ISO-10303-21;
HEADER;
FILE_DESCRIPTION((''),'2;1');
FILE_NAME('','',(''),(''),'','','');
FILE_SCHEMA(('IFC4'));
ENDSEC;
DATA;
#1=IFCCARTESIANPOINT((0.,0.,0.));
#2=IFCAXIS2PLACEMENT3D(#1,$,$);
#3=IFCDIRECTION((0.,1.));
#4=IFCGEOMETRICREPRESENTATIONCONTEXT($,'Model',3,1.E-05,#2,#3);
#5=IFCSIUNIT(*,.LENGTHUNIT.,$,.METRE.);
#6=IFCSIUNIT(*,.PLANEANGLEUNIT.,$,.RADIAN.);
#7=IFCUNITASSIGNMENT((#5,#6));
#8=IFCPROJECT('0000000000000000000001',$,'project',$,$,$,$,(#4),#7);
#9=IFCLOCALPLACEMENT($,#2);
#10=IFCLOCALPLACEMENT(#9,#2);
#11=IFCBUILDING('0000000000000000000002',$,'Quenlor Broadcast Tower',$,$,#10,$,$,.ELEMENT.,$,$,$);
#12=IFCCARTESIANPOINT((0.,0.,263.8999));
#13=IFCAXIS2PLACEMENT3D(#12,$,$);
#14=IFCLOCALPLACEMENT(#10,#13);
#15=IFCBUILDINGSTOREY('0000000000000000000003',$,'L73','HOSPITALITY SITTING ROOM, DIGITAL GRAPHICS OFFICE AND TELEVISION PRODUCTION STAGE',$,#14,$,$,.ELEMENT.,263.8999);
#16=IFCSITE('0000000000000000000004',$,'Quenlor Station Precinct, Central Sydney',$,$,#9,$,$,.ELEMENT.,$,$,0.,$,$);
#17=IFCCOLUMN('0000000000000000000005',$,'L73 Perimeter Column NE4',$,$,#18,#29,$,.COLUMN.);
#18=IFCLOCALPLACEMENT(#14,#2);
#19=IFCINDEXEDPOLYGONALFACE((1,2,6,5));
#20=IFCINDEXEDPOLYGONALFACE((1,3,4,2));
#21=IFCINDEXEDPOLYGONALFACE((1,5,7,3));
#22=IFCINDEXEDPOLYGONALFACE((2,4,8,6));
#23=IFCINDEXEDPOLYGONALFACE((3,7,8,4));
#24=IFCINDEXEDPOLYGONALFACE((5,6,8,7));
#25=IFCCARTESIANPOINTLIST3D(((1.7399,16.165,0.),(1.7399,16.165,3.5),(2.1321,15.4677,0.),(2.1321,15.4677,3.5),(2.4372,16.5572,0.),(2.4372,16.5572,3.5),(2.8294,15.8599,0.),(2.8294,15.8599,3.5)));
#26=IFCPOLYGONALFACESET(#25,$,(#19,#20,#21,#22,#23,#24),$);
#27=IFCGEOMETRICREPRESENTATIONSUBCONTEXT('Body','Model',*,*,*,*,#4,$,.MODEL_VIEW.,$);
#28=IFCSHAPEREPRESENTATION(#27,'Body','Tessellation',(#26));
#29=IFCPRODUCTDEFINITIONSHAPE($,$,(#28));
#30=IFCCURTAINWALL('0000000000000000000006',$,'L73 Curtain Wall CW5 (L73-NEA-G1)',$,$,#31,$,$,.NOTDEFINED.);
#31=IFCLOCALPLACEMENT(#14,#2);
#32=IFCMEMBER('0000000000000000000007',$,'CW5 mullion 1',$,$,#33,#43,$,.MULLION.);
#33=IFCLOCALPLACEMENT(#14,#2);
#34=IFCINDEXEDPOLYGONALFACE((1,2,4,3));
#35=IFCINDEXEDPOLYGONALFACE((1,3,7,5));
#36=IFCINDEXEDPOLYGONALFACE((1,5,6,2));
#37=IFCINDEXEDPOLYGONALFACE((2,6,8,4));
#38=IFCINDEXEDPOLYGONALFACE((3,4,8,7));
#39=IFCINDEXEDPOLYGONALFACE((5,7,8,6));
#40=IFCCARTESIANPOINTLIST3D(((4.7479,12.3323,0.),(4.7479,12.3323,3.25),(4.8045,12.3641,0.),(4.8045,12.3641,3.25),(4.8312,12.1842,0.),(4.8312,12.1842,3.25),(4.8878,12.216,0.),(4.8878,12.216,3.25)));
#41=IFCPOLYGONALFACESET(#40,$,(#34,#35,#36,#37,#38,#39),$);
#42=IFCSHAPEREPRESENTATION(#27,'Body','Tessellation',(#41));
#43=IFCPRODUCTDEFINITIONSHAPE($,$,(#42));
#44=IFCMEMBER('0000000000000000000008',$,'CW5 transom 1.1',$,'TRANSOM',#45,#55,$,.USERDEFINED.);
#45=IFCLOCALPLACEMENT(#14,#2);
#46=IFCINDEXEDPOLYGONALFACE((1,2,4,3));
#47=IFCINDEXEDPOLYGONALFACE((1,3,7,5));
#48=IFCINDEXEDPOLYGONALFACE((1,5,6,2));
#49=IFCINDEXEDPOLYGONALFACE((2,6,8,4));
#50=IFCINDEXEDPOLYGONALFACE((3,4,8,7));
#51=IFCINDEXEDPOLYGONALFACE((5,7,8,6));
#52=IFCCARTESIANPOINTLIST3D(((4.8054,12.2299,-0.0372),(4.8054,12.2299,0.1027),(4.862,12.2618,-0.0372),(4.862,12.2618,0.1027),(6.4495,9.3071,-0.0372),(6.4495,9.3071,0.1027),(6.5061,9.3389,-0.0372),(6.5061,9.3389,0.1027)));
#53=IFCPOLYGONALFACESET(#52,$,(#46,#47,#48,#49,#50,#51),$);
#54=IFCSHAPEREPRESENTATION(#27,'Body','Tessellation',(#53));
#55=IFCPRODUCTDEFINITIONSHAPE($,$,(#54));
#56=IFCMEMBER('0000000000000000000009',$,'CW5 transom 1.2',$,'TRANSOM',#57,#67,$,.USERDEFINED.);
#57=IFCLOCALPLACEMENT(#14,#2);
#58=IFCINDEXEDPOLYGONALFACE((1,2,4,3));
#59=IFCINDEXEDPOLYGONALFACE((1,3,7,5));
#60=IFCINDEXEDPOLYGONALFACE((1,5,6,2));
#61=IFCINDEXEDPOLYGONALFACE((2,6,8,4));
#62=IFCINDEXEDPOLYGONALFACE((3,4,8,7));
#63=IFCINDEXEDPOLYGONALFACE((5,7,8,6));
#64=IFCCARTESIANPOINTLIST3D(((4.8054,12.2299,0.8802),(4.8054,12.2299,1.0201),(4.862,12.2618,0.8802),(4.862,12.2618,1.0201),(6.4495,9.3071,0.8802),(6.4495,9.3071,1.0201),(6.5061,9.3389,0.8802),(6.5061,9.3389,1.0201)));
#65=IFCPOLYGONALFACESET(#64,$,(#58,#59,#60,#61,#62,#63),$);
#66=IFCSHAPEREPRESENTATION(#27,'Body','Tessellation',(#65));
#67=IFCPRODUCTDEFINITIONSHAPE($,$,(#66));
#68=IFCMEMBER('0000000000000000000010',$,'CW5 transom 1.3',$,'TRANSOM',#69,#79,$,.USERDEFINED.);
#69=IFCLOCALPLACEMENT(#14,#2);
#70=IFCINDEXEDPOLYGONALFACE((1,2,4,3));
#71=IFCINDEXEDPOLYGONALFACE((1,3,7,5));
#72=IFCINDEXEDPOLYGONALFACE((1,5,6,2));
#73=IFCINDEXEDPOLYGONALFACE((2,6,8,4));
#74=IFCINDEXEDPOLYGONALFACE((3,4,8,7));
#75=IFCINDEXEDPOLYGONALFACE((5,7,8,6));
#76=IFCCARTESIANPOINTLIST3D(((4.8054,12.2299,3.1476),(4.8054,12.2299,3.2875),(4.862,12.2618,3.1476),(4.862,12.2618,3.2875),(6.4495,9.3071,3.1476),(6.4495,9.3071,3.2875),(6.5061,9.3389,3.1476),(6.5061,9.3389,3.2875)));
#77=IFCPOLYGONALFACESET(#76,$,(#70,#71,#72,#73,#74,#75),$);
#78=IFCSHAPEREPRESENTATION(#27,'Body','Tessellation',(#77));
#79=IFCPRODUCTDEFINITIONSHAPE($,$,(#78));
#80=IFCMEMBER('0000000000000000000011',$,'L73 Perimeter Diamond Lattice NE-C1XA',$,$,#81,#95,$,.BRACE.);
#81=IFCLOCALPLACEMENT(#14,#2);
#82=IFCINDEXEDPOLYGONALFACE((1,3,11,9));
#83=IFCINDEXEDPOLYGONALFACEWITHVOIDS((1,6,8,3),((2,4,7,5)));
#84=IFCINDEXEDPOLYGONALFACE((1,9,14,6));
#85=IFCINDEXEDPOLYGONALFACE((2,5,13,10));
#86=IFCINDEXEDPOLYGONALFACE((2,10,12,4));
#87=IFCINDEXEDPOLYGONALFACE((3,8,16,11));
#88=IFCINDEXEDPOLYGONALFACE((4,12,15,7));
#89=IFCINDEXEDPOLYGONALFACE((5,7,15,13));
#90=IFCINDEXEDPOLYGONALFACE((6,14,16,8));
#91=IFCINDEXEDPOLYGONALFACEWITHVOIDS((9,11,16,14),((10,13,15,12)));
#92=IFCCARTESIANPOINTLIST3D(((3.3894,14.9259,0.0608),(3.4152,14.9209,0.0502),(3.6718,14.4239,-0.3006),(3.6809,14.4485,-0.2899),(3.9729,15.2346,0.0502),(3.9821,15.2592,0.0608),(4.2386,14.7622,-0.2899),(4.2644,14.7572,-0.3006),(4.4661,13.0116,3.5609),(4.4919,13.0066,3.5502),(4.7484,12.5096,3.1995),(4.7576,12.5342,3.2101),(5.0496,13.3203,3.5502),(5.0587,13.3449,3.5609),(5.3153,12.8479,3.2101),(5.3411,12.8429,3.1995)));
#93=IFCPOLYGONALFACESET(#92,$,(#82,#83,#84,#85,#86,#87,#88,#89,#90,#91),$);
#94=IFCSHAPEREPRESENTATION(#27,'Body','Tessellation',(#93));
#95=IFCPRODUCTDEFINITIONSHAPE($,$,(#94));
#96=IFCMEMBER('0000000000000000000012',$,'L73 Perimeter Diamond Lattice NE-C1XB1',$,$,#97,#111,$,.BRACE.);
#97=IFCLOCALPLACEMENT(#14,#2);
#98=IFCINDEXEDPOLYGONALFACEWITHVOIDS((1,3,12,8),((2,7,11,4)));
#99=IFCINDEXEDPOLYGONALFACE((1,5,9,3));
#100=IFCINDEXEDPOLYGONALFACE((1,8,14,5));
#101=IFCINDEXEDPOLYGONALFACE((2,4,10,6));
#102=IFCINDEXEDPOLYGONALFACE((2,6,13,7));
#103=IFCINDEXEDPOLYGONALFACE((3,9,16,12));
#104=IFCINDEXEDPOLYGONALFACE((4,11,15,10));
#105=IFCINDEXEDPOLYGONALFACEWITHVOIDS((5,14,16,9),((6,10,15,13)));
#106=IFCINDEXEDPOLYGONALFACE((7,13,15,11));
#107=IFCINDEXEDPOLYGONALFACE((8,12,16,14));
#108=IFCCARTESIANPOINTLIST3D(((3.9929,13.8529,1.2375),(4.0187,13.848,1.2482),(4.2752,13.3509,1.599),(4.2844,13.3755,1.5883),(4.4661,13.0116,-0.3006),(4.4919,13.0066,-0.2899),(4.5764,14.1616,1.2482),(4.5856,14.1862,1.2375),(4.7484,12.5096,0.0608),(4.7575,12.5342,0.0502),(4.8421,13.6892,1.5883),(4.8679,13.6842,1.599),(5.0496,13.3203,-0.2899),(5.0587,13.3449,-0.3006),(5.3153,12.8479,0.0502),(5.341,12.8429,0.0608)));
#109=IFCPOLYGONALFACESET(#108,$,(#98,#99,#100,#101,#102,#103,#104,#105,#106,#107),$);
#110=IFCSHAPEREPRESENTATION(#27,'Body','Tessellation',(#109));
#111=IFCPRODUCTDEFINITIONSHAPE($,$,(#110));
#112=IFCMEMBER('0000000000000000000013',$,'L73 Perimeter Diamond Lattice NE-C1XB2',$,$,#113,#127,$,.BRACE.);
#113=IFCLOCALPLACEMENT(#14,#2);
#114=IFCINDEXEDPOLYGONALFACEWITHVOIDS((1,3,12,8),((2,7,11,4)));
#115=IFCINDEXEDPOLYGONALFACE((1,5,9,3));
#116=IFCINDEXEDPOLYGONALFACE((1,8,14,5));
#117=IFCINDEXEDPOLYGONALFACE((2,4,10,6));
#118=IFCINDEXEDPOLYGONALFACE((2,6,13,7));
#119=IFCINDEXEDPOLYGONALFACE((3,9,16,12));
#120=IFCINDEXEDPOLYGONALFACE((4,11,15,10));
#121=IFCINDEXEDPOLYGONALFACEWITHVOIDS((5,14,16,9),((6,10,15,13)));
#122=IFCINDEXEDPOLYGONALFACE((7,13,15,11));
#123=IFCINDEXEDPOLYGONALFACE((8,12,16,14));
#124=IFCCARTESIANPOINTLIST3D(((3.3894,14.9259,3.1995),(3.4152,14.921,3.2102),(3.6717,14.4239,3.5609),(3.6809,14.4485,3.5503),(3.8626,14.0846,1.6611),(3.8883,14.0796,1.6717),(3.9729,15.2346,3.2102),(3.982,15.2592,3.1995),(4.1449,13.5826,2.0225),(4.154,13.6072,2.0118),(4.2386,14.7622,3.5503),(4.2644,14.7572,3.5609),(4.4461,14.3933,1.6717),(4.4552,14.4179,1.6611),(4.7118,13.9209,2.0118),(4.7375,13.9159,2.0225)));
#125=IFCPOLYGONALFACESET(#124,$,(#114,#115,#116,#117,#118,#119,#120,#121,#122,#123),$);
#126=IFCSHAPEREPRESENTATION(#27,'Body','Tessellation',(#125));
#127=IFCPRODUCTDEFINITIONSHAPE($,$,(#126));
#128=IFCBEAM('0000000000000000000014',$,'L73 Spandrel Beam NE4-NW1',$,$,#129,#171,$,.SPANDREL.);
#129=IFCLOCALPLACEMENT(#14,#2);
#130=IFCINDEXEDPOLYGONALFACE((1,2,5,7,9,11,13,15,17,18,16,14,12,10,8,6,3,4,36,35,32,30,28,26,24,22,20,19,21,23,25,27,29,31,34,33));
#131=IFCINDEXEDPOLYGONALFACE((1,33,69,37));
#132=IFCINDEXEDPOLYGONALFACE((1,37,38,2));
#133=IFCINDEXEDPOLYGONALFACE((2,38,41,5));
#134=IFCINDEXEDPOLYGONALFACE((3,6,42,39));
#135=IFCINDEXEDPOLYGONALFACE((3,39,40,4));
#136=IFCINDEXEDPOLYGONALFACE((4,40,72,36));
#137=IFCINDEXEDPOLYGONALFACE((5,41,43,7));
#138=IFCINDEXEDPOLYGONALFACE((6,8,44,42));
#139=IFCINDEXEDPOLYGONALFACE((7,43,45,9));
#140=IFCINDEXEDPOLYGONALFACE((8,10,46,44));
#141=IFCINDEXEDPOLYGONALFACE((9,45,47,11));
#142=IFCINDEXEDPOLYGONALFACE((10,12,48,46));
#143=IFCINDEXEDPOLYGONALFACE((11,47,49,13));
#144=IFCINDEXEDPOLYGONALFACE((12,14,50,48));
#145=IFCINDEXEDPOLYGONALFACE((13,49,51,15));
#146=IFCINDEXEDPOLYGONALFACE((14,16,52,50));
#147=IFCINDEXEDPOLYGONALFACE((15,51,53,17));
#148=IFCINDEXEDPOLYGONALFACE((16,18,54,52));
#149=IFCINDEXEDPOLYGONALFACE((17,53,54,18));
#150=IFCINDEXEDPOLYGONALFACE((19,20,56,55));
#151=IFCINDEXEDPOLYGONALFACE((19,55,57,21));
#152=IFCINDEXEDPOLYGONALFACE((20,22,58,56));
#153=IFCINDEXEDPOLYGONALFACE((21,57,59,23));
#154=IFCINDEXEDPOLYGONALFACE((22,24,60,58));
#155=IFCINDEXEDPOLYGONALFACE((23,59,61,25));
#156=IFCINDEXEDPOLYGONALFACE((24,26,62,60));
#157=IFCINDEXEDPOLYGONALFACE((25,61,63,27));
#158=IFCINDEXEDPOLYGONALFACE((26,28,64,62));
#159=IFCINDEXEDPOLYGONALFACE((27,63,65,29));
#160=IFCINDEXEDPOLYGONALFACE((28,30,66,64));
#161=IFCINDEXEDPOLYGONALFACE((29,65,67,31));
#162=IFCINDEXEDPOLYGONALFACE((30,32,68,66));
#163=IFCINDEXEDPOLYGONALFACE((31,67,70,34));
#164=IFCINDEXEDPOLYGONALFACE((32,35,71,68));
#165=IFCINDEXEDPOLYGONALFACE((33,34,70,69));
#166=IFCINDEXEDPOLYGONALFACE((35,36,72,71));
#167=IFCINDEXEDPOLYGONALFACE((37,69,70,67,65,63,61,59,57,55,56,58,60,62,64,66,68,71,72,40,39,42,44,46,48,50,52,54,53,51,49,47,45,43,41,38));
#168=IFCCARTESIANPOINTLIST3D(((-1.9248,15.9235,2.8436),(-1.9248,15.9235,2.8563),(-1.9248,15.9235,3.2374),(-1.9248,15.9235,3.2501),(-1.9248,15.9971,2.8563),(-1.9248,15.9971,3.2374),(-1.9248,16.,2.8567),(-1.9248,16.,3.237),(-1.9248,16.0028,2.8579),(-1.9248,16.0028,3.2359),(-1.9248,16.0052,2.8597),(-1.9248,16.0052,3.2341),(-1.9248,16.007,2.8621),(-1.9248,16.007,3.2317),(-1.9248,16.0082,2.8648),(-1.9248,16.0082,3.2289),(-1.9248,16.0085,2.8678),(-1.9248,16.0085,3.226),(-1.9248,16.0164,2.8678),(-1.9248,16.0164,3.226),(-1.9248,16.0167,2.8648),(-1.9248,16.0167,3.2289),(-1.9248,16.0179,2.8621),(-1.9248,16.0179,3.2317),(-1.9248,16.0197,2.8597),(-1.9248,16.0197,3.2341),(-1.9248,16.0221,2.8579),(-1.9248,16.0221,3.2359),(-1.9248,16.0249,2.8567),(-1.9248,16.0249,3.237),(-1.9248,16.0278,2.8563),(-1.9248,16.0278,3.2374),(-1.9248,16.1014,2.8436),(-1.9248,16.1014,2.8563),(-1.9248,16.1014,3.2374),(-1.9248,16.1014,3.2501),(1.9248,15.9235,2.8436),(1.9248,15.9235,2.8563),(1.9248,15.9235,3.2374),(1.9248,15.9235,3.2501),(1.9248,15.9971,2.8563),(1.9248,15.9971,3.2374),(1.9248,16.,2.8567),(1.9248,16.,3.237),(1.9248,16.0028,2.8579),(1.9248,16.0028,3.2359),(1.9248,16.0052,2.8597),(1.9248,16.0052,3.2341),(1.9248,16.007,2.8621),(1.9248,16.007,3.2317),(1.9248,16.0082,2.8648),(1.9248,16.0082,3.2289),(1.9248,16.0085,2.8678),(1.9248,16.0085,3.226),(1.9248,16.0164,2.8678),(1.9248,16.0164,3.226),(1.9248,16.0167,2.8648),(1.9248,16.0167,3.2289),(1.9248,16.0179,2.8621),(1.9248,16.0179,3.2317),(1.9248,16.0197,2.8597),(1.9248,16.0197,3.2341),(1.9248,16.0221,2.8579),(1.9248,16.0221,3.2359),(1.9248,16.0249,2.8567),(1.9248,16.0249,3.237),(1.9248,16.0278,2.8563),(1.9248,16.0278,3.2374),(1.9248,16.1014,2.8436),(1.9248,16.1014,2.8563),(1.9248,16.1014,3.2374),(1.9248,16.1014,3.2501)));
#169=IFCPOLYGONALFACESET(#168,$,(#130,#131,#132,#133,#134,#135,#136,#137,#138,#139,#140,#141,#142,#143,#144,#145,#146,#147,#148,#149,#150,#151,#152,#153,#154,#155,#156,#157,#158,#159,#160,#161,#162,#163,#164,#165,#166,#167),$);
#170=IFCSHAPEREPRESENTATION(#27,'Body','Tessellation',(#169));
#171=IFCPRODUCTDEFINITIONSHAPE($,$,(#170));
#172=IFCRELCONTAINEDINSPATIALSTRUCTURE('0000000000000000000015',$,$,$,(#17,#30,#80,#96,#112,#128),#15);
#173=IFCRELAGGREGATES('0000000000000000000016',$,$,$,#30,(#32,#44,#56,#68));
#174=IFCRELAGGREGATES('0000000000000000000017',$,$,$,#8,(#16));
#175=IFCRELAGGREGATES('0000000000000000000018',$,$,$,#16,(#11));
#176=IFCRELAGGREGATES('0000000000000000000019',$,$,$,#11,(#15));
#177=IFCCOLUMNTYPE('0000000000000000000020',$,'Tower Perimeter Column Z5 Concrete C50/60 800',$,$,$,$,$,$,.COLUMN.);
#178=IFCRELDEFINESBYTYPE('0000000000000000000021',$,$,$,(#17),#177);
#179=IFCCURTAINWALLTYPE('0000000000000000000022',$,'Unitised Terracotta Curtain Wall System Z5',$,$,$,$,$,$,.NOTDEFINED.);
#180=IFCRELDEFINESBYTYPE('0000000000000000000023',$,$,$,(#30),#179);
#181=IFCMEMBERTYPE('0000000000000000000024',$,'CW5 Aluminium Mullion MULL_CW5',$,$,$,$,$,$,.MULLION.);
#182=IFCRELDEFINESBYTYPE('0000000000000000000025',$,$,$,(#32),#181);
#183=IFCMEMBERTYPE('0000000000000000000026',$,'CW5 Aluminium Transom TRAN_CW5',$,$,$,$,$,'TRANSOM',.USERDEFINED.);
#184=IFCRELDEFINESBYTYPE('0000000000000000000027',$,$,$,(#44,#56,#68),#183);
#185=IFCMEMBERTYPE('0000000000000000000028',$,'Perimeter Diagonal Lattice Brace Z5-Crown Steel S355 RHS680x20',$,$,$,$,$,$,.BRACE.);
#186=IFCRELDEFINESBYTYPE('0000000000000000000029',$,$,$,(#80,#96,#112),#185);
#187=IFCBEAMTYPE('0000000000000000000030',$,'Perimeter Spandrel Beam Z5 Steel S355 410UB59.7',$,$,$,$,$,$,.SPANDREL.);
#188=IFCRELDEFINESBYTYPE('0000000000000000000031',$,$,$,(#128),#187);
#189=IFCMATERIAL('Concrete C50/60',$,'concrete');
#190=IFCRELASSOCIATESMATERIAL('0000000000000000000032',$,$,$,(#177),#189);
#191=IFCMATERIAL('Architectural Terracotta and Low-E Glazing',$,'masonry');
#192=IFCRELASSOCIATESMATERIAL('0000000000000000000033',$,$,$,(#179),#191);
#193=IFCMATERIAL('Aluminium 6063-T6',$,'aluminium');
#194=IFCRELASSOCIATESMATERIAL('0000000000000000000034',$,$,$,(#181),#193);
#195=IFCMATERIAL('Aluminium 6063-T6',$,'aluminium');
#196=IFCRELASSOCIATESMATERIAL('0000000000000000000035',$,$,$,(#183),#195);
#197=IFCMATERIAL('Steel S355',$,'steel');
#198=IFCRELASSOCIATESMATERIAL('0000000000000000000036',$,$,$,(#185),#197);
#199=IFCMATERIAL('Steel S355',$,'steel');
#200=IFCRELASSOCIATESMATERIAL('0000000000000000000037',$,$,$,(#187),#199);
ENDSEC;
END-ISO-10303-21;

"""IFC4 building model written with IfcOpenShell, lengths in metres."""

from ifc_helpers import new_model, si_unit, direction, frame, origin, origin_2d, place, context, subcontext, project, spatial, rectangle, hollow_rectangle, i_section, extrude, material, material_profile, profile_set, type_object, element, aggregate, save


model = new_model("IFC4")

# Units and contexts
model_context = context("Model", 3, precision=1e-05, world=origin(), true_north=direction((0.0, 1.0)))
body_context = subcontext(model_context, "Body", "Model", "MODEL_VIEW")
ifc_project = project(units=[si_unit("LENGTHUNIT", "METRE"), si_unit("PLANEANGLEUNIT", "RADIAN")], contexts=[model_context])

# Site, building, storey
site_placement = place(None, origin())
site = spatial("IfcSite", under=ifc_project, at=site_placement, Name="Quenlor Station Precinct, Central Sydney", CompositionType="ELEMENT", RefElevation=0.0)
building_placement = place(site_placement, origin())
building = spatial("IfcBuilding", under=site, at=building_placement, Name="Quenlor Broadcast Tower", CompositionType="ELEMENT")
storey_placement = place(building_placement, frame((0.0, 0.0, 263.8999)))
storey = spatial("IfcBuildingStorey", under=building, at=storey_placement, Name="L73", Description="HOSPITALITY SITTING ROOM, DIGITAL GRAPHICS OFFICE AND TELEVISION PRODUCTION STAGE", CompositionType="ELEMENT", Elevation=263.8999)

# Column
ifc_material_1 = material(Name="Concrete C50/60", Category="concrete")
ifc_material_profile_1 = material_profile(ifc_material_1, rectangle(XDim=0.8, YDim=0.8, at=origin_2d()))
ifc_profile_set_1 = profile_set([ifc_material_profile_1], Name="Concrete C50/60 RC800x800")
column_type = type_object("IfcColumnType", Name="Tower Perimeter Column Z5 Concrete C50/60 800", PredefinedType="COLUMN", material=ifc_profile_set_1)
column_placement = place(storey_placement, frame((2.2847, 16.0125, 0.0), z_axis=(0.0, 0.0, 1.0), x_axis=(0.871575, 0.490262, 0.0)))
element("IfcColumn", 1, at=column_placement, inside=storey, type_object=column_type, Name="L73 Perimeter Column NE4", PredefinedType="COLUMN", context=body_context, shape_type="SweptSolid", body=[
    extrude(rectangle(XDim=0.8, YDim=0.8, at=origin_2d()), origin(), (0.0, 0.0, 1.0), 3.5),
])

# Curtain wall, members
ifc_material_2 = material(Name="Architectural Terracotta and Low-E Glazing", Category="masonry")
curtain_wall_type = type_object("IfcCurtainWallType", Name="Unitised Terracotta Curtain Wall System Z5", PredefinedType="NOTDEFINED", material=ifc_material_2)
curtain_wall_placement = place(storey_placement, origin())
curtain_wall = element("IfcCurtainWall", 2, at=curtain_wall_placement, inside=storey, type_object=curtain_wall_type, Name="L73 Curtain Wall CW5 (L73-NEA-G1)", PredefinedType="NOTDEFINED")
ifc_material_3 = material(Name="Aluminium 6063-T6", Category="aluminium")
ifc_material_profile_2 = material_profile(ifc_material_3, rectangle(XDim=0.0649, YDim=0.1699, at=origin_2d()))
ifc_profile_set_2 = profile_set([ifc_material_profile_2], Name="Aluminium 6063-T6 MULL65x170")
member_type_1 = type_object("IfcMemberType", Name="CW5 Aluminium Mullion MULL_CW5", PredefinedType="MULLION", material=ifc_profile_set_2)
member_1_placement = place(storey_placement, frame((4.8179, 12.2742, 0.0), z_axis=(0.0, 0.0, 1.0), x_axis=(0.871582, 0.49025, 0.0)))
member_1 = element("IfcMember", 3, at=member_1_placement, type_object=member_type_1, Name="CW5 mullion 1", PredefinedType="MULLION", context=body_context, shape_type="SweptSolid", body=[
    extrude(rectangle(XDim=0.0649, YDim=0.1699, at=origin_2d()), origin(), (0.0, 0.0, 1.0), 3.25),
])
ifc_material_4 = material(Name="Aluminium 6063-T6", Category="aluminium")
ifc_material_profile_3 = material_profile(ifc_material_4, rectangle(XDim=0.0649, YDim=0.1399, at=origin_2d()))
ifc_profile_set_3 = profile_set([ifc_material_profile_3], Name="Aluminium 6063-T6 TRAN65x140")
member_type_2 = type_object("IfcMemberType", Name="CW5 Aluminium Transom TRAN_CW5", ElementType="TRANSOM", PredefinedType="USERDEFINED", material=ifc_profile_set_3)
member_2_placement = place(storey_placement, frame((4.8337, 12.2458, 0.0327), z_axis=(0.490247, -0.871583, 0.0), x_axis=(0.871583, 0.490247, 0.0)))
member_2 = element("IfcMember", 4, at=member_2_placement, type_object=member_type_2, Name="CW5 transom 1.1", ObjectType="TRANSOM", PredefinedType="USERDEFINED", context=body_context, shape_type="SweptSolid", body=[
    extrude(rectangle(XDim=0.0649, YDim=0.1399, at=origin_2d()), origin(), (0.0, 0.0, 1.0), 3.3535),
])
member_3_placement = place(storey_placement, frame((4.8337, 12.2458, 0.9502), z_axis=(0.490247, -0.871583, 0.0), x_axis=(0.871583, 0.490247, 0.0)))
member_3 = element("IfcMember", 5, at=member_3_placement, type_object=member_type_2, Name="CW5 transom 1.2", ObjectType="TRANSOM", PredefinedType="USERDEFINED", context=body_context, shape_type="SweptSolid", body=[
    extrude(rectangle(XDim=0.0649, YDim=0.1399, at=origin_2d()), origin(), (0.0, 0.0, 1.0), 3.3535),
])
member_4_placement = place(storey_placement, frame((4.8337, 12.2458, 3.2175), z_axis=(0.490247, -0.871583, 0.0), x_axis=(0.871583, 0.490247, 0.0)))
member_4 = element("IfcMember", 6, at=member_4_placement, type_object=member_type_2, Name="CW5 transom 1.3", ObjectType="TRANSOM", PredefinedType="USERDEFINED", context=body_context, shape_type="SweptSolid", body=[
    extrude(rectangle(XDim=0.0649, YDim=0.1399, at=origin_2d()), origin(), (0.0, 0.0, 1.0), 3.3535),
])

# Members
ifc_material_5 = material(Name="Steel S355", Category="steel")
ifc_material_profile_4 = material_profile(ifc_material_5, hollow_rectangle(XDim=0.6799, YDim=0.6799, WallThickness=0.02, at=origin_2d()))
ifc_profile_set_4 = profile_set([ifc_material_profile_4], Name="Steel S355 RHS680x680x20")
member_type_3 = type_object("IfcMemberType", Name="Perimeter Diagonal Lattice Brace Z5-Crown Steel S355 RHS680x20", PredefinedType="BRACE", material=ifc_profile_set_4)
member_5_placement = place(storey_placement, frame((3.8269, 14.8416, -0.1199), z_axis=(0.260564, -0.463283, 0.847039), x_axis=(0.871602, 0.490214, 0.0)))
element("IfcMember", 7, at=member_5_placement, inside=storey, type_object=member_type_3, Name="L73 Perimeter Diamond Lattice NE-C1XA", PredefinedType="BRACE", context=body_context, shape_type="SweptSolid", body=[
    extrude(hollow_rectangle(XDim=0.6799, YDim=0.6799, WallThickness=0.02, at=origin_2d()), origin(), (0.0, 0.0, 1.0), 4.1321),
])
member_6_placement = place(storey_placement, frame((4.9036, 12.9272, -0.1199), z_axis=(-0.260561, 0.463309, 0.847025), x_axis=(-0.871616, -0.490189, 0.0)))
element("IfcMember", 8, at=member_6_placement, inside=storey, type_object=member_type_3, Name="L73 Perimeter Diamond Lattice NE-C1XB1", PredefinedType="BRACE", context=body_context, shape_type="SweptSolid", body=[
    extrude(hollow_rectangle(XDim=0.6799, YDim=0.6799, WallThickness=0.02, at=origin_2d()), origin(), (0.0, 0.0, 1.0), 1.8159),
])
member_7_placement = place(storey_placement, frame((4.3, 14.0002, 1.8418), z_axis=(-0.260532, 0.463257, 0.847063), x_axis=(-0.871616, -0.490189, 0.0)))
element("IfcMember", 9, at=member_7_placement, inside=storey, type_object=member_type_3, Name="L73 Perimeter Diamond Lattice NE-C1XB2", PredefinedType="BRACE", context=body_context, shape_type="SweptSolid", body=[
    extrude(hollow_rectangle(XDim=0.6799, YDim=0.6799, WallThickness=0.02, at=origin_2d()), origin(), (0.0, 0.0, 1.0), 1.8162),
])

# Beam
ifc_material_6 = material(Name="Steel S355", Category="steel")
ifc_material_profile_5 = material_profile(ifc_material_6, i_section(OverallWidth=0.178, OverallDepth=0.4065, WebThickness=0.0078, FlangeThickness=0.0127, FilletRadius=0.0115, at=origin_2d()))
ifc_profile_set_5 = profile_set([ifc_material_profile_5], Name="Steel S355 410UB59.7")
beam_type_1 = type_object("IfcBeamType", Name="Perimeter Spandrel Beam Z5 Steel S355 410UB59.7", PredefinedType="SPANDREL", material=ifc_profile_set_5)
beam_1_placement = place(storey_placement, frame((1.9248, 16.0125, 3.0469), z_axis=(-1.0, 0.0, 0.0), x_axis=(0.0, -1.0, 0.0)))
element("IfcBeam", 10, at=beam_1_placement, inside=storey, type_object=beam_type_1, Name="L73 Spandrel Beam NE4-NW1", PredefinedType="SPANDREL", context=body_context, shape_type="SweptSolid", body=[
    extrude(i_section(OverallWidth=0.178, OverallDepth=0.4065, WebThickness=0.0078, FlangeThickness=0.0127, FilletRadius=0.0115, at=origin_2d()), origin(), (0.0, 0.0, 1.0), 3.8496),
])

aggregate(curtain_wall, [member_1, member_2, member_3, member_4])

save(model, "model.ifc")
